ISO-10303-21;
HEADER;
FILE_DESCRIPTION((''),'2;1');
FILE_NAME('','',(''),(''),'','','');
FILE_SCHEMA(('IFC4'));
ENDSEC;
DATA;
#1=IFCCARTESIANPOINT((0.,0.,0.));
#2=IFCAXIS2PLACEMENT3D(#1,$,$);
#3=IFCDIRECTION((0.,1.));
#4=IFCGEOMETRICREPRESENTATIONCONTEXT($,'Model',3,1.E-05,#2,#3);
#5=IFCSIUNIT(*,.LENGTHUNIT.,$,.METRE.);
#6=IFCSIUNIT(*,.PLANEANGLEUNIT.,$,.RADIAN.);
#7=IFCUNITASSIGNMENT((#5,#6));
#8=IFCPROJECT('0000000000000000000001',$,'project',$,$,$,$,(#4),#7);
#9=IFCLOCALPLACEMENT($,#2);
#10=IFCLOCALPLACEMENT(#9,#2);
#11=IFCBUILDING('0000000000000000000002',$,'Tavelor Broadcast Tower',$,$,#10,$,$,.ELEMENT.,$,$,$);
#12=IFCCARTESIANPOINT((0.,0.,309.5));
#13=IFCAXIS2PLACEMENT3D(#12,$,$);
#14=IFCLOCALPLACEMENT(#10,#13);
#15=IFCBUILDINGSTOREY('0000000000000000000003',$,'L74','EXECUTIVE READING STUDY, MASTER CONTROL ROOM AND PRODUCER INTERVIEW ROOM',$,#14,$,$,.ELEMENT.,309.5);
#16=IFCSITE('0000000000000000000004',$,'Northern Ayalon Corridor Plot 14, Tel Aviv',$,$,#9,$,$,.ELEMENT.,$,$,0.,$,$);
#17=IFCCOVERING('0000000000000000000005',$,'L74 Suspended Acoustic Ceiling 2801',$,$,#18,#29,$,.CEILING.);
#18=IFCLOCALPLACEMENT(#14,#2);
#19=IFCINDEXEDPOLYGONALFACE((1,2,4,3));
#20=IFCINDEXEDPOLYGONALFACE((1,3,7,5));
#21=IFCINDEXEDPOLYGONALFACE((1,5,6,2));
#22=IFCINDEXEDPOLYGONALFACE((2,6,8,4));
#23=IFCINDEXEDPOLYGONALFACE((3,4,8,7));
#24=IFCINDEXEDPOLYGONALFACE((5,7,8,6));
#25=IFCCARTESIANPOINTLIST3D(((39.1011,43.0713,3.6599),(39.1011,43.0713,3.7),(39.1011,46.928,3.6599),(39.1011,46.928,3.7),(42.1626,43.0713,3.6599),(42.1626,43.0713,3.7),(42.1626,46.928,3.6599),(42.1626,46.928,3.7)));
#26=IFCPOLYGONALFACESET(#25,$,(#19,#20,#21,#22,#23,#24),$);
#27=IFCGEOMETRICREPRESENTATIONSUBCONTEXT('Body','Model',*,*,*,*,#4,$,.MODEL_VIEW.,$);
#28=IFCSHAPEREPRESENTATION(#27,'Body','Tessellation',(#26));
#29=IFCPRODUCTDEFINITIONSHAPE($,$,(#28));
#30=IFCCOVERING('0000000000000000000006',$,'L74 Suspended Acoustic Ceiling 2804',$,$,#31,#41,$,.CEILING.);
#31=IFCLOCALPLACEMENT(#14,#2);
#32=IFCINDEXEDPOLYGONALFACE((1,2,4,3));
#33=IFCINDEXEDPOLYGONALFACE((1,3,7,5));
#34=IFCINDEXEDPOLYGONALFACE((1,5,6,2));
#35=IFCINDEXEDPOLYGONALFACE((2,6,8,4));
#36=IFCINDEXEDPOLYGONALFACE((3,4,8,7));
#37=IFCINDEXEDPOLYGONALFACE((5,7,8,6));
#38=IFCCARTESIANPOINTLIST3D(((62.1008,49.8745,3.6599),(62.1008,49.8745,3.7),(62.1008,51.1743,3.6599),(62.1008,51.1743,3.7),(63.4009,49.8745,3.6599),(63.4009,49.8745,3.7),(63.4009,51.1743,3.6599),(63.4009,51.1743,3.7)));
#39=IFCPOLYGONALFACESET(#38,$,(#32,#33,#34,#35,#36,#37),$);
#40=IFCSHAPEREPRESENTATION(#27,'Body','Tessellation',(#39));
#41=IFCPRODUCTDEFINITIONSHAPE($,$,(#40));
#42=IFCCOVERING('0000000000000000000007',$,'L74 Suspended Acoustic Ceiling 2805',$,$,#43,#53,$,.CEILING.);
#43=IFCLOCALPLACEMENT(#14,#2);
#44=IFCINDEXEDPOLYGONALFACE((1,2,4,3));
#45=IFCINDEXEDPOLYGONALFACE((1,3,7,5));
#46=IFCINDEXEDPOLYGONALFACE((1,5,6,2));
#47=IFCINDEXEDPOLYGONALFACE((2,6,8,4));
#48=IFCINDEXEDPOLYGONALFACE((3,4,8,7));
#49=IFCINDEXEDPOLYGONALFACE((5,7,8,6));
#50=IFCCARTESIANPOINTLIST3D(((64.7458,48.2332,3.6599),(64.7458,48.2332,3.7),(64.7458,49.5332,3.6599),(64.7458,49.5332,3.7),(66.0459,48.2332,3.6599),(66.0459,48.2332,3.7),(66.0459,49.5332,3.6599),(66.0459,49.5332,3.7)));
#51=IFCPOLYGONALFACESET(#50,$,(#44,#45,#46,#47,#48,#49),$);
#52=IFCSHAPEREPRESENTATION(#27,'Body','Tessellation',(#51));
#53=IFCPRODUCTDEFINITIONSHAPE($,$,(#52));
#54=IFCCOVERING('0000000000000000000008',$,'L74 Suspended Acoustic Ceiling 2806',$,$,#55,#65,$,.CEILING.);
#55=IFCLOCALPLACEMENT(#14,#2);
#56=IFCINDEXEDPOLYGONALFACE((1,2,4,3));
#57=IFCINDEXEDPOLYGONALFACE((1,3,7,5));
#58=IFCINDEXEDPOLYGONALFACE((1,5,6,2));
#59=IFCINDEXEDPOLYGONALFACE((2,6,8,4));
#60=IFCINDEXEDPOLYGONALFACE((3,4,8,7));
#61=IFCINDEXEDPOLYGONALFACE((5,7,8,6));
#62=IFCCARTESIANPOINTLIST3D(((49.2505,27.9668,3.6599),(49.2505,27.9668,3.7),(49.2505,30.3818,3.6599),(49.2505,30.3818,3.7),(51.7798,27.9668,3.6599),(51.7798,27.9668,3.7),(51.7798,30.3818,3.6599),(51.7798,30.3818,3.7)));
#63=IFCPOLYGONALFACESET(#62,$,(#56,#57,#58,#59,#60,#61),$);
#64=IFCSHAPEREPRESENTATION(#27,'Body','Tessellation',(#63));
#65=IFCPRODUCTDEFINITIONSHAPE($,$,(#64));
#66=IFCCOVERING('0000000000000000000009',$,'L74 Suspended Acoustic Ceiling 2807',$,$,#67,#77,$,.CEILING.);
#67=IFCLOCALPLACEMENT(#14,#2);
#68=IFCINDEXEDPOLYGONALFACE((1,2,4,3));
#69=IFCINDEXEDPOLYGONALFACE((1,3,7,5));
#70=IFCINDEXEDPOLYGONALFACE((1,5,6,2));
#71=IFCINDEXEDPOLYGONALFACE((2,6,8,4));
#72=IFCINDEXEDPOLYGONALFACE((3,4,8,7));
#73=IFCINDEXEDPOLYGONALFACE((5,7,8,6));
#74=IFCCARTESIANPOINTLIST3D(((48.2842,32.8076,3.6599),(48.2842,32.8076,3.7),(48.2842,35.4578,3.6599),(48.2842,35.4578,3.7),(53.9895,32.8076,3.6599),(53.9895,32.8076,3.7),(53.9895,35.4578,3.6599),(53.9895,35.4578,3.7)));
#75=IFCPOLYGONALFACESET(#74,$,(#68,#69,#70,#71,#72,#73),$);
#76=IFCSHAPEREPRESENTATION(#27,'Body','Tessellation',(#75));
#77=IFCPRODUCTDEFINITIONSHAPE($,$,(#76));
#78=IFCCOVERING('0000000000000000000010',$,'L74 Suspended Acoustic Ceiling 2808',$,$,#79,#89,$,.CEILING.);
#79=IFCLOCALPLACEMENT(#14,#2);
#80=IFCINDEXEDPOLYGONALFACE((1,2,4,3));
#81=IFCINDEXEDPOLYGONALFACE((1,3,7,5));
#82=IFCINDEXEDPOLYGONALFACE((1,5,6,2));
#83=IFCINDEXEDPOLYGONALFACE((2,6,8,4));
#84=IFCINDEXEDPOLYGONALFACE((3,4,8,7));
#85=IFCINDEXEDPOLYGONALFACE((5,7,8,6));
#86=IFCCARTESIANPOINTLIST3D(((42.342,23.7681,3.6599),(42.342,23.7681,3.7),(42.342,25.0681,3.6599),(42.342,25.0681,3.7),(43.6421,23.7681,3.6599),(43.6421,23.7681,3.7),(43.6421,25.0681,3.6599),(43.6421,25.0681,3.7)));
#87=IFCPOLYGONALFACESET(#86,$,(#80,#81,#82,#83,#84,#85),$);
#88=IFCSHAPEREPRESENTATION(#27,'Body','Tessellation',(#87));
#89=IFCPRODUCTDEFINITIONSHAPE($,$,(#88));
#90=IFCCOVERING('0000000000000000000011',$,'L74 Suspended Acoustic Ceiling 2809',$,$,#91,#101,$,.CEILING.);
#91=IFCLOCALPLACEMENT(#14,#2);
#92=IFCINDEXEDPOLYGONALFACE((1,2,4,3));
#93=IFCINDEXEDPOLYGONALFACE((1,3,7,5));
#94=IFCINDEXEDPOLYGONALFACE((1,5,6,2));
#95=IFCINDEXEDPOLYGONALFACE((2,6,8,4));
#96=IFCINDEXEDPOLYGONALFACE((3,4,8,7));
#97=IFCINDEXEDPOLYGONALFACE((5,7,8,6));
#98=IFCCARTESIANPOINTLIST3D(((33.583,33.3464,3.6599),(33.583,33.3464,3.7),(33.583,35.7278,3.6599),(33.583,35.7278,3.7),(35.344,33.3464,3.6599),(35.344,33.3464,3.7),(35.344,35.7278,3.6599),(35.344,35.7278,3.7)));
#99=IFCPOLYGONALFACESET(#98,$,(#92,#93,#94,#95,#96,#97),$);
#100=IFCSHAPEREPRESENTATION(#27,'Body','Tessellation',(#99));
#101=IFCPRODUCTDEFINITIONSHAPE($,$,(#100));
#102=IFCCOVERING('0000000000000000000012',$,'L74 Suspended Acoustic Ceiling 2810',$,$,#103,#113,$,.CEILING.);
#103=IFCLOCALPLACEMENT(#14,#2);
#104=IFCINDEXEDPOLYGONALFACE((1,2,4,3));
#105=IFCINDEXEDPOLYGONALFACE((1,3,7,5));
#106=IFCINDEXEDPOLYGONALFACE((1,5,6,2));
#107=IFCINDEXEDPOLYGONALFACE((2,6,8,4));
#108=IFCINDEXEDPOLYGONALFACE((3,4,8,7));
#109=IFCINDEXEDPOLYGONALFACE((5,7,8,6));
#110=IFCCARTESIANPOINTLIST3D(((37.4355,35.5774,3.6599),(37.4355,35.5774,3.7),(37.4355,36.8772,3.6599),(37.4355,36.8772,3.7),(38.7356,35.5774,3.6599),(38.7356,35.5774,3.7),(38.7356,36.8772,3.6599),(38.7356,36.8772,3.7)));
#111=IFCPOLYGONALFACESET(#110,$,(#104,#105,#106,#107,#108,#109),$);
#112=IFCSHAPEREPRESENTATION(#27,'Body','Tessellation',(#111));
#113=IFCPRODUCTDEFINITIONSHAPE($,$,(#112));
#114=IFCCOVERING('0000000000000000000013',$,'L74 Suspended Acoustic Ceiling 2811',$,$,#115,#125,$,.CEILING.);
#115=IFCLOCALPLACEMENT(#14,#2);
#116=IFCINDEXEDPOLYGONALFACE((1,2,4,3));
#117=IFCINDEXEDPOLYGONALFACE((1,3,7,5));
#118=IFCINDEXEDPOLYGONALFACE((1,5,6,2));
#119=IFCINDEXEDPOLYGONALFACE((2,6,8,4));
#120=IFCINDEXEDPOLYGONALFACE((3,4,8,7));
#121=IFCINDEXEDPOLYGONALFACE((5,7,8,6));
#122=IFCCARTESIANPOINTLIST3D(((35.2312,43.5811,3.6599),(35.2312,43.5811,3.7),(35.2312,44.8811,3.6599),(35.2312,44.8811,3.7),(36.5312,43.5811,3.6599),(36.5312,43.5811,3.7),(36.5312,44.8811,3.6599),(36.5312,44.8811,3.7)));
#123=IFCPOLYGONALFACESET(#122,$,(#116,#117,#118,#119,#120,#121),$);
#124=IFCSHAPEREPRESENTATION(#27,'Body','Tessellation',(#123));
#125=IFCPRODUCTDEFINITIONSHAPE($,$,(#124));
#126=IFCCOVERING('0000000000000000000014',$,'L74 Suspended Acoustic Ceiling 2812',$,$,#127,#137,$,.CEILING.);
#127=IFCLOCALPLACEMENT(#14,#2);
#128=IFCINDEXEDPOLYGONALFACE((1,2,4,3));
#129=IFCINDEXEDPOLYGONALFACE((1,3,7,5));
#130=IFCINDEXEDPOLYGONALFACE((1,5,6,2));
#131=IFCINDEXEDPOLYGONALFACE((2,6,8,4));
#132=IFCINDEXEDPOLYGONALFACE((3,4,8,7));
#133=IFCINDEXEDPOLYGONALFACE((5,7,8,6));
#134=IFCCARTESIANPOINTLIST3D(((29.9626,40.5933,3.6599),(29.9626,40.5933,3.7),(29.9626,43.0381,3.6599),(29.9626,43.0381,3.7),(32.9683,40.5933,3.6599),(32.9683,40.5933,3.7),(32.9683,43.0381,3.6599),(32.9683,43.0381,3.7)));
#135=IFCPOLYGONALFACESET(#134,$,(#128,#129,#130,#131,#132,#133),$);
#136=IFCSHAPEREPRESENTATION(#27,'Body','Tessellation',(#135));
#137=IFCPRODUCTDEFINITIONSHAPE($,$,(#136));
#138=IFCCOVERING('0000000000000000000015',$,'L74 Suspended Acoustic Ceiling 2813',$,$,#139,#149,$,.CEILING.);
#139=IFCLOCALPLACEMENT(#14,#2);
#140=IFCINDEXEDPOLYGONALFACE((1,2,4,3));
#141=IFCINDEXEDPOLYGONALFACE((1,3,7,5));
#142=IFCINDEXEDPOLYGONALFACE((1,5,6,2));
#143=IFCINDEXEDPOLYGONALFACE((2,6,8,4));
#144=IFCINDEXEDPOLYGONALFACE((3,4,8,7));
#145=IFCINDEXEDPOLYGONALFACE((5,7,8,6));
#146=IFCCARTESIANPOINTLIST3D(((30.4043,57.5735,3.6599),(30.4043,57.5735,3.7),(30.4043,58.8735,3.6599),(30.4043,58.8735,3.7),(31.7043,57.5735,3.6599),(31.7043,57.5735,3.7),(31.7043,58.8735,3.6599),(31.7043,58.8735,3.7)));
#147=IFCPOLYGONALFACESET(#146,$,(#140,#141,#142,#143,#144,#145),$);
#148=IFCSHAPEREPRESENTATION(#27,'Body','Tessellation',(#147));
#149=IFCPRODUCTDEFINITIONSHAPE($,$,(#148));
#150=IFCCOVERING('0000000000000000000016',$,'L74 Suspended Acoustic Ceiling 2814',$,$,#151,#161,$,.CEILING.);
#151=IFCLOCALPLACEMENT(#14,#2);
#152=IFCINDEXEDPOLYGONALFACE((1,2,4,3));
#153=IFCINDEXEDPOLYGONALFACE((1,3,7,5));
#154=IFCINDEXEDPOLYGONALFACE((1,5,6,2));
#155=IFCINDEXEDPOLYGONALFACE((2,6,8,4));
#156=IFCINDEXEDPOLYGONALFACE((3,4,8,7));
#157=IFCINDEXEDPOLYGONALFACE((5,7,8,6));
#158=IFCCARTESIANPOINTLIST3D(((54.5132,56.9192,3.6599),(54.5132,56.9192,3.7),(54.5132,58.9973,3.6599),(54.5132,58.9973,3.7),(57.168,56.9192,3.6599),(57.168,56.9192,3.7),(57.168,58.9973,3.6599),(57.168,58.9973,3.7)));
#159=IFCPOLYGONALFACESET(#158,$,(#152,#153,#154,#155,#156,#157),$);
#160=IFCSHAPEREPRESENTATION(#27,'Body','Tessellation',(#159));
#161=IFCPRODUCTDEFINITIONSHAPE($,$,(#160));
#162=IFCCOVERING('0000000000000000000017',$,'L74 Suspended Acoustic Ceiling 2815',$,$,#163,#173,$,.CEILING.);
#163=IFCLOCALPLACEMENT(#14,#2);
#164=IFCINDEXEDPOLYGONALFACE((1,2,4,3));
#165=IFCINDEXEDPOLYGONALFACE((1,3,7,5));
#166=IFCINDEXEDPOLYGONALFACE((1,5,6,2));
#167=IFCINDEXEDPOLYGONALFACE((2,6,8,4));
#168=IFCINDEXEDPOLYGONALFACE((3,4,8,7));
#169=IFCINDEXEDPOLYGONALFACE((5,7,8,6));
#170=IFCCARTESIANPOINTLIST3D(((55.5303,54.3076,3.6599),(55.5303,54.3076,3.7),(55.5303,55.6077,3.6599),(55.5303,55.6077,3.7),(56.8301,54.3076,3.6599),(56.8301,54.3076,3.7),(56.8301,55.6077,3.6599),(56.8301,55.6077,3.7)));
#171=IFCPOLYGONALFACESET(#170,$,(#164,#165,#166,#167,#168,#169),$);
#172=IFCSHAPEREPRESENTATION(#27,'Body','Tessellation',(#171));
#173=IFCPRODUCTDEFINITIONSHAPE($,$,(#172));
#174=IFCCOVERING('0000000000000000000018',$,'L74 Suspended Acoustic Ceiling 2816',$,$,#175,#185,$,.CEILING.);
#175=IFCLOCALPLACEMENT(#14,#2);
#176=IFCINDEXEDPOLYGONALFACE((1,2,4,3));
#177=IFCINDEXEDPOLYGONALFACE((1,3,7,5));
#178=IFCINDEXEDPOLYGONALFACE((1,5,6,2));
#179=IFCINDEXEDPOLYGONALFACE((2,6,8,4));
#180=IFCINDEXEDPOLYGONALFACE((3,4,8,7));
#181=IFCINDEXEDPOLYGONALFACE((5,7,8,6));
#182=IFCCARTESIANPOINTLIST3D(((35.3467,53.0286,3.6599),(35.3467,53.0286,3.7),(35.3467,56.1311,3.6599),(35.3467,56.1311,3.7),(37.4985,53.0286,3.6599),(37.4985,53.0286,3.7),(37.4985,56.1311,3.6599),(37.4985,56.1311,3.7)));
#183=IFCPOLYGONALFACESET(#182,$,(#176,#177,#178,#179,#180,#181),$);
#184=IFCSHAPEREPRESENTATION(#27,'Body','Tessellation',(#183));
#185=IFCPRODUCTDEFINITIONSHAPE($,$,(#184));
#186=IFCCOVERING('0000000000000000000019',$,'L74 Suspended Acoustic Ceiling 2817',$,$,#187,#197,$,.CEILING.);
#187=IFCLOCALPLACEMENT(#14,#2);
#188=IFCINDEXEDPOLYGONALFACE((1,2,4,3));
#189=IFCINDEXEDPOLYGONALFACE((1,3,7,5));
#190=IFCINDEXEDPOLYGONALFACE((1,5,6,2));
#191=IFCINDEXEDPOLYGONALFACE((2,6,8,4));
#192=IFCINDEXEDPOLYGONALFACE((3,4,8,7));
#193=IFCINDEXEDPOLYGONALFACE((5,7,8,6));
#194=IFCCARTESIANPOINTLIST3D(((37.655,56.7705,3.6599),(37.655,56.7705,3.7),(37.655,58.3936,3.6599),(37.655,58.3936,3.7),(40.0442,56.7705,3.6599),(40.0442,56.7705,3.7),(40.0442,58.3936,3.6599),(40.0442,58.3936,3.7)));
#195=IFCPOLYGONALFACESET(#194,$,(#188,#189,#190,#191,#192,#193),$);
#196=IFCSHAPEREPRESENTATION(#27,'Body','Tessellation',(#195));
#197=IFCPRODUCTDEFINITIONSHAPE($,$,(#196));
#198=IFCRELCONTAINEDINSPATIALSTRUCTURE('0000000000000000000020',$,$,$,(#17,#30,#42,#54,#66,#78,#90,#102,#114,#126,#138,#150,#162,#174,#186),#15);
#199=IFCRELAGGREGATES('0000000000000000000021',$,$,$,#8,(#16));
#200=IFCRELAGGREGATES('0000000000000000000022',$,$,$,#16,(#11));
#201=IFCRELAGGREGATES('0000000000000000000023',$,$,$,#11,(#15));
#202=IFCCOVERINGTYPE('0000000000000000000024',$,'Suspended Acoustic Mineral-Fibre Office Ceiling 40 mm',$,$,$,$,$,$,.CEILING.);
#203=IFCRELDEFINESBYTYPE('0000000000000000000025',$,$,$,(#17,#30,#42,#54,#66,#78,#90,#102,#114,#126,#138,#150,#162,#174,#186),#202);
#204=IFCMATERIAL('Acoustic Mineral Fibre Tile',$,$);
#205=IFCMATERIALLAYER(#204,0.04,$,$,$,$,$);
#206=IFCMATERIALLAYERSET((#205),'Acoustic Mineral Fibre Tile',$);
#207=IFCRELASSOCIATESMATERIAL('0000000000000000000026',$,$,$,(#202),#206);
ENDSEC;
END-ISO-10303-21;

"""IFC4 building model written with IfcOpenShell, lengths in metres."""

from ifc_helpers import new_model, si_unit, direction, frame, origin, place, context, subcontext, project, spatial, polyline, outline, extrude, material, layer, layer_set, type_object, element, save


model = new_model("IFC4")

# Units and contexts
model_context = context("Model", 3, precision=1e-05, world=origin(), true_north=direction((0.0, 1.0)))
body_context = subcontext(model_context, "Body", "Model", "MODEL_VIEW")
ifc_project = project(units=[si_unit("LENGTHUNIT", "METRE"), si_unit("PLANEANGLEUNIT", "RADIAN")], contexts=[model_context])

# Site, building, storey
site_placement = place(None, origin())
site = spatial("IfcSite", under=ifc_project, at=site_placement, Name="Northern Ayalon Corridor Plot 14, Tel Aviv", CompositionType="ELEMENT", RefElevation=0.0)
building_placement = place(site_placement, origin())
building = spatial("IfcBuilding", under=site, at=building_placement, Name="Tavelor Broadcast Tower", CompositionType="ELEMENT")
storey_placement = place(building_placement, frame((0.0, 0.0, 309.5)))
storey = spatial("IfcBuildingStorey", under=building, at=storey_placement, Name="L74", Description="EXECUTIVE READING STUDY, MASTER CONTROL ROOM AND PRODUCER INTERVIEW ROOM", CompositionType="ELEMENT", Elevation=309.5)

# Coverings
ifc_material_1 = material(Name="Acoustic Mineral Fibre Tile")
ifc_layer_1 = layer(ifc_material_1, 0.04)
ifc_layer_set_1 = layer_set([ifc_layer_1], Name="Acoustic Mineral Fibre Tile")
covering_type_1 = type_object("IfcCoveringType", Name="Suspended Acoustic Mineral-Fibre Office Ceiling 40 mm", PredefinedType="CEILING", material=ifc_layer_set_1)
covering_1_placement = place(storey_placement, frame((0.0, 0.0, 3.6599)))
element("IfcCovering", 1, at=covering_1_placement, inside=storey, type_object=covering_type_1, Name="L74 Suspended Acoustic Ceiling 2801", PredefinedType="CEILING", context=body_context, shape_type="SweptSolid", body=[
    extrude(outline(polyline([(39.1011, 43.0713), (42.1626, 43.0713), (42.1626, 46.928), (39.1011, 46.928), (39.1011, 43.0713)])), origin(), (0.0, 0.0, 1.0), 0.04),
])
covering_2_placement = place(storey_placement, frame((0.0, 0.0, 3.6599)))
element("IfcCovering", 2, at=covering_2_placement, inside=storey, type_object=covering_type_1, Name="L74 Suspended Acoustic Ceiling 2804", PredefinedType="CEILING", context=body_context, shape_type="SweptSolid", body=[
    extrude(outline(polyline([(62.1008, 49.8745), (63.4009, 49.8745), (63.4009, 51.1743), (62.1008, 51.1743), (62.1008, 49.8745)])), origin(), (0.0, 0.0, 1.0), 0.04),
])
covering_3_placement = place(storey_placement, frame((0.0, 0.0, 3.6599)))
element("IfcCovering", 3, at=covering_3_placement, inside=storey, type_object=covering_type_1, Name="L74 Suspended Acoustic Ceiling 2805", PredefinedType="CEILING", context=body_context, shape_type="SweptSolid", body=[
    extrude(outline(polyline([(64.7458, 48.2332), (66.0459, 48.2332), (66.0459, 49.5332), (64.7458, 49.5332), (64.7458, 48.2332)])), origin(), (0.0, 0.0, 1.0), 0.04),
])
covering_4_placement = place(storey_placement, frame((0.0, 0.0, 3.6599)))
element("IfcCovering", 4, at=covering_4_placement, inside=storey, type_object=covering_type_1, Name="L74 Suspended Acoustic Ceiling 2806", PredefinedType="CEILING", context=body_context, shape_type="SweptSolid", body=[
    extrude(outline(polyline([(49.2505, 27.9668), (51.7798, 27.9668), (51.7798, 30.3818), (49.2505, 30.3818), (49.2505, 27.9668)])), origin(), (0.0, 0.0, 1.0), 0.04),
])
covering_5_placement = place(storey_placement, frame((0.0, 0.0, 3.6599)))
element("IfcCovering", 5, at=covering_5_placement, inside=storey, type_object=covering_type_1, Name="L74 Suspended Acoustic Ceiling 2807", PredefinedType="CEILING", context=body_context, shape_type="SweptSolid", body=[
    extrude(outline(polyline([(48.2842, 32.8076), (53.9895, 32.8076), (53.9895, 35.4578), (48.2842, 35.4578), (48.2842, 32.8076)])), origin(), (0.0, 0.0, 1.0), 0.04),
])
covering_6_placement = place(storey_placement, frame((0.0, 0.0, 3.6599)))
element("IfcCovering", 6, at=covering_6_placement, inside=storey, type_object=covering_type_1, Name="L74 Suspended Acoustic Ceiling 2808", PredefinedType="CEILING", context=body_context, shape_type="SweptSolid", body=[
    extrude(outline(polyline([(42.342, 23.7681), (43.6421, 23.7681), (43.6421, 25.0681), (42.342, 25.0681), (42.342, 23.7681)])), origin(), (0.0, 0.0, 1.0), 0.04),
])
covering_7_placement = place(storey_placement, frame((0.0, 0.0, 3.6599)))
element("IfcCovering", 7, at=covering_7_placement, inside=storey, type_object=covering_type_1, Name="L74 Suspended Acoustic Ceiling 2809", PredefinedType="CEILING", context=body_context, shape_type="SweptSolid", body=[
    extrude(outline(polyline([(33.583, 33.3464), (35.344, 33.3464), (35.344, 35.7278), (33.583, 35.7278), (33.583, 33.3464)])), origin(), (0.0, 0.0, 1.0), 0.04),
])
covering_8_placement = place(storey_placement, frame((0.0, 0.0, 3.6599)))
element("IfcCovering", 8, at=covering_8_placement, inside=storey, type_object=covering_type_1, Name="L74 Suspended Acoustic Ceiling 2810", PredefinedType="CEILING", context=body_context, shape_type="SweptSolid", body=[
    extrude(outline(polyline([(37.4355, 35.5774), (38.7356, 35.5774), (38.7356, 36.8772), (37.4355, 36.8772), (37.4355, 35.5774)])), origin(), (0.0, 0.0, 1.0), 0.04),
])
covering_9_placement = place(storey_placement, frame((0.0, 0.0, 3.6599)))
element("IfcCovering", 9, at=covering_9_placement, inside=storey, type_object=covering_type_1, Name="L74 Suspended Acoustic Ceiling 2811", PredefinedType="CEILING", context=body_context, shape_type="SweptSolid", body=[
    extrude(outline(polyline([(35.2312, 43.5811), (36.5312, 43.5811), (36.5312, 44.8811), (35.2312, 44.8811), (35.2312, 43.5811)])), origin(), (0.0, 0.0, 1.0), 0.04),
])
covering_10_placement = place(storey_placement, frame((0.0, 0.0, 3.6599)))
element("IfcCovering", 10, at=covering_10_placement, inside=storey, type_object=covering_type_1, Name="L74 Suspended Acoustic Ceiling 2812", PredefinedType="CEILING", context=body_context, shape_type="SweptSolid", body=[
    extrude(outline(polyline([(29.9626, 40.5933), (32.9683, 40.5933), (32.9683, 43.0381), (29.9626, 43.0381), (29.9626, 40.5933)])), origin(), (0.0, 0.0, 1.0), 0.04),
])
covering_11_placement = place(storey_placement, frame((0.0, 0.0, 3.6599)))
element("IfcCovering", 11, at=covering_11_placement, inside=storey, type_object=covering_type_1, Name="L74 Suspended Acoustic Ceiling 2813", PredefinedType="CEILING", context=body_context, shape_type="SweptSolid", body=[
    extrude(outline(polyline([(30.4043, 57.5735), (31.7043, 57.5735), (31.7043, 58.8735), (30.4043, 58.8735), (30.4043, 57.5735)])), origin(), (0.0, 0.0, 1.0), 0.04),
])
covering_12_placement = place(storey_placement, frame((0.0, 0.0, 3.6599)))
element("IfcCovering", 12, at=covering_12_placement, inside=storey, type_object=covering_type_1, Name="L74 Suspended Acoustic Ceiling 2814", PredefinedType="CEILING", context=body_context, shape_type="SweptSolid", body=[
    extrude(outline(polyline([(54.5132, 56.9192), (57.168, 56.9192), (57.168, 58.9973), (54.5132, 58.9973), (54.5132, 56.9192)])), origin(), (0.0, 0.0, 1.0), 0.04),
])
covering_13_placement = place(storey_placement, frame((0.0, 0.0, 3.6599)))
element("IfcCovering", 13, at=covering_13_placement, inside=storey, type_object=covering_type_1, Name="L74 Suspended Acoustic Ceiling 2815", PredefinedType="CEILING", context=body_context, shape_type="SweptSolid", body=[
    extrude(outline(polyline([(55.5303, 54.3076), (56.8301, 54.3076), (56.8301, 55.6077), (55.5303, 55.6077), (55.5303, 54.3076)])), origin(), (0.0, 0.0, 1.0), 0.04),
])
covering_14_placement = place(storey_placement, frame((0.0, 0.0, 3.6599)))
element("IfcCovering", 14, at=covering_14_placement, inside=storey, type_object=covering_type_1, Name="L74 Suspended Acoustic Ceiling 2816", PredefinedType="CEILING", context=body_context, shape_type="SweptSolid", body=[
    extrude(outline(polyline([(35.3467, 53.0286), (37.4985, 53.0286), (37.4985, 56.1311), (35.3467, 56.1311), (35.3467, 53.0286)])), origin(), (0.0, 0.0, 1.0), 0.04),
])
covering_15_placement = place(storey_placement, frame((0.0, 0.0, 3.6599)))
element("IfcCovering", 15, at=covering_15_placement, inside=storey, type_object=covering_type_1, Name="L74 Suspended Acoustic Ceiling 2817", PredefinedType="CEILING", context=body_context, shape_type="SweptSolid", body=[
    extrude(outline(polyline([(37.655, 56.7705), (40.0442, 56.7705), (40.0442, 58.3936), (37.655, 58.3936), (37.655, 56.7705)])), origin(), (0.0, 0.0, 1.0), 0.04),
])

save(model, "model.ifc")
